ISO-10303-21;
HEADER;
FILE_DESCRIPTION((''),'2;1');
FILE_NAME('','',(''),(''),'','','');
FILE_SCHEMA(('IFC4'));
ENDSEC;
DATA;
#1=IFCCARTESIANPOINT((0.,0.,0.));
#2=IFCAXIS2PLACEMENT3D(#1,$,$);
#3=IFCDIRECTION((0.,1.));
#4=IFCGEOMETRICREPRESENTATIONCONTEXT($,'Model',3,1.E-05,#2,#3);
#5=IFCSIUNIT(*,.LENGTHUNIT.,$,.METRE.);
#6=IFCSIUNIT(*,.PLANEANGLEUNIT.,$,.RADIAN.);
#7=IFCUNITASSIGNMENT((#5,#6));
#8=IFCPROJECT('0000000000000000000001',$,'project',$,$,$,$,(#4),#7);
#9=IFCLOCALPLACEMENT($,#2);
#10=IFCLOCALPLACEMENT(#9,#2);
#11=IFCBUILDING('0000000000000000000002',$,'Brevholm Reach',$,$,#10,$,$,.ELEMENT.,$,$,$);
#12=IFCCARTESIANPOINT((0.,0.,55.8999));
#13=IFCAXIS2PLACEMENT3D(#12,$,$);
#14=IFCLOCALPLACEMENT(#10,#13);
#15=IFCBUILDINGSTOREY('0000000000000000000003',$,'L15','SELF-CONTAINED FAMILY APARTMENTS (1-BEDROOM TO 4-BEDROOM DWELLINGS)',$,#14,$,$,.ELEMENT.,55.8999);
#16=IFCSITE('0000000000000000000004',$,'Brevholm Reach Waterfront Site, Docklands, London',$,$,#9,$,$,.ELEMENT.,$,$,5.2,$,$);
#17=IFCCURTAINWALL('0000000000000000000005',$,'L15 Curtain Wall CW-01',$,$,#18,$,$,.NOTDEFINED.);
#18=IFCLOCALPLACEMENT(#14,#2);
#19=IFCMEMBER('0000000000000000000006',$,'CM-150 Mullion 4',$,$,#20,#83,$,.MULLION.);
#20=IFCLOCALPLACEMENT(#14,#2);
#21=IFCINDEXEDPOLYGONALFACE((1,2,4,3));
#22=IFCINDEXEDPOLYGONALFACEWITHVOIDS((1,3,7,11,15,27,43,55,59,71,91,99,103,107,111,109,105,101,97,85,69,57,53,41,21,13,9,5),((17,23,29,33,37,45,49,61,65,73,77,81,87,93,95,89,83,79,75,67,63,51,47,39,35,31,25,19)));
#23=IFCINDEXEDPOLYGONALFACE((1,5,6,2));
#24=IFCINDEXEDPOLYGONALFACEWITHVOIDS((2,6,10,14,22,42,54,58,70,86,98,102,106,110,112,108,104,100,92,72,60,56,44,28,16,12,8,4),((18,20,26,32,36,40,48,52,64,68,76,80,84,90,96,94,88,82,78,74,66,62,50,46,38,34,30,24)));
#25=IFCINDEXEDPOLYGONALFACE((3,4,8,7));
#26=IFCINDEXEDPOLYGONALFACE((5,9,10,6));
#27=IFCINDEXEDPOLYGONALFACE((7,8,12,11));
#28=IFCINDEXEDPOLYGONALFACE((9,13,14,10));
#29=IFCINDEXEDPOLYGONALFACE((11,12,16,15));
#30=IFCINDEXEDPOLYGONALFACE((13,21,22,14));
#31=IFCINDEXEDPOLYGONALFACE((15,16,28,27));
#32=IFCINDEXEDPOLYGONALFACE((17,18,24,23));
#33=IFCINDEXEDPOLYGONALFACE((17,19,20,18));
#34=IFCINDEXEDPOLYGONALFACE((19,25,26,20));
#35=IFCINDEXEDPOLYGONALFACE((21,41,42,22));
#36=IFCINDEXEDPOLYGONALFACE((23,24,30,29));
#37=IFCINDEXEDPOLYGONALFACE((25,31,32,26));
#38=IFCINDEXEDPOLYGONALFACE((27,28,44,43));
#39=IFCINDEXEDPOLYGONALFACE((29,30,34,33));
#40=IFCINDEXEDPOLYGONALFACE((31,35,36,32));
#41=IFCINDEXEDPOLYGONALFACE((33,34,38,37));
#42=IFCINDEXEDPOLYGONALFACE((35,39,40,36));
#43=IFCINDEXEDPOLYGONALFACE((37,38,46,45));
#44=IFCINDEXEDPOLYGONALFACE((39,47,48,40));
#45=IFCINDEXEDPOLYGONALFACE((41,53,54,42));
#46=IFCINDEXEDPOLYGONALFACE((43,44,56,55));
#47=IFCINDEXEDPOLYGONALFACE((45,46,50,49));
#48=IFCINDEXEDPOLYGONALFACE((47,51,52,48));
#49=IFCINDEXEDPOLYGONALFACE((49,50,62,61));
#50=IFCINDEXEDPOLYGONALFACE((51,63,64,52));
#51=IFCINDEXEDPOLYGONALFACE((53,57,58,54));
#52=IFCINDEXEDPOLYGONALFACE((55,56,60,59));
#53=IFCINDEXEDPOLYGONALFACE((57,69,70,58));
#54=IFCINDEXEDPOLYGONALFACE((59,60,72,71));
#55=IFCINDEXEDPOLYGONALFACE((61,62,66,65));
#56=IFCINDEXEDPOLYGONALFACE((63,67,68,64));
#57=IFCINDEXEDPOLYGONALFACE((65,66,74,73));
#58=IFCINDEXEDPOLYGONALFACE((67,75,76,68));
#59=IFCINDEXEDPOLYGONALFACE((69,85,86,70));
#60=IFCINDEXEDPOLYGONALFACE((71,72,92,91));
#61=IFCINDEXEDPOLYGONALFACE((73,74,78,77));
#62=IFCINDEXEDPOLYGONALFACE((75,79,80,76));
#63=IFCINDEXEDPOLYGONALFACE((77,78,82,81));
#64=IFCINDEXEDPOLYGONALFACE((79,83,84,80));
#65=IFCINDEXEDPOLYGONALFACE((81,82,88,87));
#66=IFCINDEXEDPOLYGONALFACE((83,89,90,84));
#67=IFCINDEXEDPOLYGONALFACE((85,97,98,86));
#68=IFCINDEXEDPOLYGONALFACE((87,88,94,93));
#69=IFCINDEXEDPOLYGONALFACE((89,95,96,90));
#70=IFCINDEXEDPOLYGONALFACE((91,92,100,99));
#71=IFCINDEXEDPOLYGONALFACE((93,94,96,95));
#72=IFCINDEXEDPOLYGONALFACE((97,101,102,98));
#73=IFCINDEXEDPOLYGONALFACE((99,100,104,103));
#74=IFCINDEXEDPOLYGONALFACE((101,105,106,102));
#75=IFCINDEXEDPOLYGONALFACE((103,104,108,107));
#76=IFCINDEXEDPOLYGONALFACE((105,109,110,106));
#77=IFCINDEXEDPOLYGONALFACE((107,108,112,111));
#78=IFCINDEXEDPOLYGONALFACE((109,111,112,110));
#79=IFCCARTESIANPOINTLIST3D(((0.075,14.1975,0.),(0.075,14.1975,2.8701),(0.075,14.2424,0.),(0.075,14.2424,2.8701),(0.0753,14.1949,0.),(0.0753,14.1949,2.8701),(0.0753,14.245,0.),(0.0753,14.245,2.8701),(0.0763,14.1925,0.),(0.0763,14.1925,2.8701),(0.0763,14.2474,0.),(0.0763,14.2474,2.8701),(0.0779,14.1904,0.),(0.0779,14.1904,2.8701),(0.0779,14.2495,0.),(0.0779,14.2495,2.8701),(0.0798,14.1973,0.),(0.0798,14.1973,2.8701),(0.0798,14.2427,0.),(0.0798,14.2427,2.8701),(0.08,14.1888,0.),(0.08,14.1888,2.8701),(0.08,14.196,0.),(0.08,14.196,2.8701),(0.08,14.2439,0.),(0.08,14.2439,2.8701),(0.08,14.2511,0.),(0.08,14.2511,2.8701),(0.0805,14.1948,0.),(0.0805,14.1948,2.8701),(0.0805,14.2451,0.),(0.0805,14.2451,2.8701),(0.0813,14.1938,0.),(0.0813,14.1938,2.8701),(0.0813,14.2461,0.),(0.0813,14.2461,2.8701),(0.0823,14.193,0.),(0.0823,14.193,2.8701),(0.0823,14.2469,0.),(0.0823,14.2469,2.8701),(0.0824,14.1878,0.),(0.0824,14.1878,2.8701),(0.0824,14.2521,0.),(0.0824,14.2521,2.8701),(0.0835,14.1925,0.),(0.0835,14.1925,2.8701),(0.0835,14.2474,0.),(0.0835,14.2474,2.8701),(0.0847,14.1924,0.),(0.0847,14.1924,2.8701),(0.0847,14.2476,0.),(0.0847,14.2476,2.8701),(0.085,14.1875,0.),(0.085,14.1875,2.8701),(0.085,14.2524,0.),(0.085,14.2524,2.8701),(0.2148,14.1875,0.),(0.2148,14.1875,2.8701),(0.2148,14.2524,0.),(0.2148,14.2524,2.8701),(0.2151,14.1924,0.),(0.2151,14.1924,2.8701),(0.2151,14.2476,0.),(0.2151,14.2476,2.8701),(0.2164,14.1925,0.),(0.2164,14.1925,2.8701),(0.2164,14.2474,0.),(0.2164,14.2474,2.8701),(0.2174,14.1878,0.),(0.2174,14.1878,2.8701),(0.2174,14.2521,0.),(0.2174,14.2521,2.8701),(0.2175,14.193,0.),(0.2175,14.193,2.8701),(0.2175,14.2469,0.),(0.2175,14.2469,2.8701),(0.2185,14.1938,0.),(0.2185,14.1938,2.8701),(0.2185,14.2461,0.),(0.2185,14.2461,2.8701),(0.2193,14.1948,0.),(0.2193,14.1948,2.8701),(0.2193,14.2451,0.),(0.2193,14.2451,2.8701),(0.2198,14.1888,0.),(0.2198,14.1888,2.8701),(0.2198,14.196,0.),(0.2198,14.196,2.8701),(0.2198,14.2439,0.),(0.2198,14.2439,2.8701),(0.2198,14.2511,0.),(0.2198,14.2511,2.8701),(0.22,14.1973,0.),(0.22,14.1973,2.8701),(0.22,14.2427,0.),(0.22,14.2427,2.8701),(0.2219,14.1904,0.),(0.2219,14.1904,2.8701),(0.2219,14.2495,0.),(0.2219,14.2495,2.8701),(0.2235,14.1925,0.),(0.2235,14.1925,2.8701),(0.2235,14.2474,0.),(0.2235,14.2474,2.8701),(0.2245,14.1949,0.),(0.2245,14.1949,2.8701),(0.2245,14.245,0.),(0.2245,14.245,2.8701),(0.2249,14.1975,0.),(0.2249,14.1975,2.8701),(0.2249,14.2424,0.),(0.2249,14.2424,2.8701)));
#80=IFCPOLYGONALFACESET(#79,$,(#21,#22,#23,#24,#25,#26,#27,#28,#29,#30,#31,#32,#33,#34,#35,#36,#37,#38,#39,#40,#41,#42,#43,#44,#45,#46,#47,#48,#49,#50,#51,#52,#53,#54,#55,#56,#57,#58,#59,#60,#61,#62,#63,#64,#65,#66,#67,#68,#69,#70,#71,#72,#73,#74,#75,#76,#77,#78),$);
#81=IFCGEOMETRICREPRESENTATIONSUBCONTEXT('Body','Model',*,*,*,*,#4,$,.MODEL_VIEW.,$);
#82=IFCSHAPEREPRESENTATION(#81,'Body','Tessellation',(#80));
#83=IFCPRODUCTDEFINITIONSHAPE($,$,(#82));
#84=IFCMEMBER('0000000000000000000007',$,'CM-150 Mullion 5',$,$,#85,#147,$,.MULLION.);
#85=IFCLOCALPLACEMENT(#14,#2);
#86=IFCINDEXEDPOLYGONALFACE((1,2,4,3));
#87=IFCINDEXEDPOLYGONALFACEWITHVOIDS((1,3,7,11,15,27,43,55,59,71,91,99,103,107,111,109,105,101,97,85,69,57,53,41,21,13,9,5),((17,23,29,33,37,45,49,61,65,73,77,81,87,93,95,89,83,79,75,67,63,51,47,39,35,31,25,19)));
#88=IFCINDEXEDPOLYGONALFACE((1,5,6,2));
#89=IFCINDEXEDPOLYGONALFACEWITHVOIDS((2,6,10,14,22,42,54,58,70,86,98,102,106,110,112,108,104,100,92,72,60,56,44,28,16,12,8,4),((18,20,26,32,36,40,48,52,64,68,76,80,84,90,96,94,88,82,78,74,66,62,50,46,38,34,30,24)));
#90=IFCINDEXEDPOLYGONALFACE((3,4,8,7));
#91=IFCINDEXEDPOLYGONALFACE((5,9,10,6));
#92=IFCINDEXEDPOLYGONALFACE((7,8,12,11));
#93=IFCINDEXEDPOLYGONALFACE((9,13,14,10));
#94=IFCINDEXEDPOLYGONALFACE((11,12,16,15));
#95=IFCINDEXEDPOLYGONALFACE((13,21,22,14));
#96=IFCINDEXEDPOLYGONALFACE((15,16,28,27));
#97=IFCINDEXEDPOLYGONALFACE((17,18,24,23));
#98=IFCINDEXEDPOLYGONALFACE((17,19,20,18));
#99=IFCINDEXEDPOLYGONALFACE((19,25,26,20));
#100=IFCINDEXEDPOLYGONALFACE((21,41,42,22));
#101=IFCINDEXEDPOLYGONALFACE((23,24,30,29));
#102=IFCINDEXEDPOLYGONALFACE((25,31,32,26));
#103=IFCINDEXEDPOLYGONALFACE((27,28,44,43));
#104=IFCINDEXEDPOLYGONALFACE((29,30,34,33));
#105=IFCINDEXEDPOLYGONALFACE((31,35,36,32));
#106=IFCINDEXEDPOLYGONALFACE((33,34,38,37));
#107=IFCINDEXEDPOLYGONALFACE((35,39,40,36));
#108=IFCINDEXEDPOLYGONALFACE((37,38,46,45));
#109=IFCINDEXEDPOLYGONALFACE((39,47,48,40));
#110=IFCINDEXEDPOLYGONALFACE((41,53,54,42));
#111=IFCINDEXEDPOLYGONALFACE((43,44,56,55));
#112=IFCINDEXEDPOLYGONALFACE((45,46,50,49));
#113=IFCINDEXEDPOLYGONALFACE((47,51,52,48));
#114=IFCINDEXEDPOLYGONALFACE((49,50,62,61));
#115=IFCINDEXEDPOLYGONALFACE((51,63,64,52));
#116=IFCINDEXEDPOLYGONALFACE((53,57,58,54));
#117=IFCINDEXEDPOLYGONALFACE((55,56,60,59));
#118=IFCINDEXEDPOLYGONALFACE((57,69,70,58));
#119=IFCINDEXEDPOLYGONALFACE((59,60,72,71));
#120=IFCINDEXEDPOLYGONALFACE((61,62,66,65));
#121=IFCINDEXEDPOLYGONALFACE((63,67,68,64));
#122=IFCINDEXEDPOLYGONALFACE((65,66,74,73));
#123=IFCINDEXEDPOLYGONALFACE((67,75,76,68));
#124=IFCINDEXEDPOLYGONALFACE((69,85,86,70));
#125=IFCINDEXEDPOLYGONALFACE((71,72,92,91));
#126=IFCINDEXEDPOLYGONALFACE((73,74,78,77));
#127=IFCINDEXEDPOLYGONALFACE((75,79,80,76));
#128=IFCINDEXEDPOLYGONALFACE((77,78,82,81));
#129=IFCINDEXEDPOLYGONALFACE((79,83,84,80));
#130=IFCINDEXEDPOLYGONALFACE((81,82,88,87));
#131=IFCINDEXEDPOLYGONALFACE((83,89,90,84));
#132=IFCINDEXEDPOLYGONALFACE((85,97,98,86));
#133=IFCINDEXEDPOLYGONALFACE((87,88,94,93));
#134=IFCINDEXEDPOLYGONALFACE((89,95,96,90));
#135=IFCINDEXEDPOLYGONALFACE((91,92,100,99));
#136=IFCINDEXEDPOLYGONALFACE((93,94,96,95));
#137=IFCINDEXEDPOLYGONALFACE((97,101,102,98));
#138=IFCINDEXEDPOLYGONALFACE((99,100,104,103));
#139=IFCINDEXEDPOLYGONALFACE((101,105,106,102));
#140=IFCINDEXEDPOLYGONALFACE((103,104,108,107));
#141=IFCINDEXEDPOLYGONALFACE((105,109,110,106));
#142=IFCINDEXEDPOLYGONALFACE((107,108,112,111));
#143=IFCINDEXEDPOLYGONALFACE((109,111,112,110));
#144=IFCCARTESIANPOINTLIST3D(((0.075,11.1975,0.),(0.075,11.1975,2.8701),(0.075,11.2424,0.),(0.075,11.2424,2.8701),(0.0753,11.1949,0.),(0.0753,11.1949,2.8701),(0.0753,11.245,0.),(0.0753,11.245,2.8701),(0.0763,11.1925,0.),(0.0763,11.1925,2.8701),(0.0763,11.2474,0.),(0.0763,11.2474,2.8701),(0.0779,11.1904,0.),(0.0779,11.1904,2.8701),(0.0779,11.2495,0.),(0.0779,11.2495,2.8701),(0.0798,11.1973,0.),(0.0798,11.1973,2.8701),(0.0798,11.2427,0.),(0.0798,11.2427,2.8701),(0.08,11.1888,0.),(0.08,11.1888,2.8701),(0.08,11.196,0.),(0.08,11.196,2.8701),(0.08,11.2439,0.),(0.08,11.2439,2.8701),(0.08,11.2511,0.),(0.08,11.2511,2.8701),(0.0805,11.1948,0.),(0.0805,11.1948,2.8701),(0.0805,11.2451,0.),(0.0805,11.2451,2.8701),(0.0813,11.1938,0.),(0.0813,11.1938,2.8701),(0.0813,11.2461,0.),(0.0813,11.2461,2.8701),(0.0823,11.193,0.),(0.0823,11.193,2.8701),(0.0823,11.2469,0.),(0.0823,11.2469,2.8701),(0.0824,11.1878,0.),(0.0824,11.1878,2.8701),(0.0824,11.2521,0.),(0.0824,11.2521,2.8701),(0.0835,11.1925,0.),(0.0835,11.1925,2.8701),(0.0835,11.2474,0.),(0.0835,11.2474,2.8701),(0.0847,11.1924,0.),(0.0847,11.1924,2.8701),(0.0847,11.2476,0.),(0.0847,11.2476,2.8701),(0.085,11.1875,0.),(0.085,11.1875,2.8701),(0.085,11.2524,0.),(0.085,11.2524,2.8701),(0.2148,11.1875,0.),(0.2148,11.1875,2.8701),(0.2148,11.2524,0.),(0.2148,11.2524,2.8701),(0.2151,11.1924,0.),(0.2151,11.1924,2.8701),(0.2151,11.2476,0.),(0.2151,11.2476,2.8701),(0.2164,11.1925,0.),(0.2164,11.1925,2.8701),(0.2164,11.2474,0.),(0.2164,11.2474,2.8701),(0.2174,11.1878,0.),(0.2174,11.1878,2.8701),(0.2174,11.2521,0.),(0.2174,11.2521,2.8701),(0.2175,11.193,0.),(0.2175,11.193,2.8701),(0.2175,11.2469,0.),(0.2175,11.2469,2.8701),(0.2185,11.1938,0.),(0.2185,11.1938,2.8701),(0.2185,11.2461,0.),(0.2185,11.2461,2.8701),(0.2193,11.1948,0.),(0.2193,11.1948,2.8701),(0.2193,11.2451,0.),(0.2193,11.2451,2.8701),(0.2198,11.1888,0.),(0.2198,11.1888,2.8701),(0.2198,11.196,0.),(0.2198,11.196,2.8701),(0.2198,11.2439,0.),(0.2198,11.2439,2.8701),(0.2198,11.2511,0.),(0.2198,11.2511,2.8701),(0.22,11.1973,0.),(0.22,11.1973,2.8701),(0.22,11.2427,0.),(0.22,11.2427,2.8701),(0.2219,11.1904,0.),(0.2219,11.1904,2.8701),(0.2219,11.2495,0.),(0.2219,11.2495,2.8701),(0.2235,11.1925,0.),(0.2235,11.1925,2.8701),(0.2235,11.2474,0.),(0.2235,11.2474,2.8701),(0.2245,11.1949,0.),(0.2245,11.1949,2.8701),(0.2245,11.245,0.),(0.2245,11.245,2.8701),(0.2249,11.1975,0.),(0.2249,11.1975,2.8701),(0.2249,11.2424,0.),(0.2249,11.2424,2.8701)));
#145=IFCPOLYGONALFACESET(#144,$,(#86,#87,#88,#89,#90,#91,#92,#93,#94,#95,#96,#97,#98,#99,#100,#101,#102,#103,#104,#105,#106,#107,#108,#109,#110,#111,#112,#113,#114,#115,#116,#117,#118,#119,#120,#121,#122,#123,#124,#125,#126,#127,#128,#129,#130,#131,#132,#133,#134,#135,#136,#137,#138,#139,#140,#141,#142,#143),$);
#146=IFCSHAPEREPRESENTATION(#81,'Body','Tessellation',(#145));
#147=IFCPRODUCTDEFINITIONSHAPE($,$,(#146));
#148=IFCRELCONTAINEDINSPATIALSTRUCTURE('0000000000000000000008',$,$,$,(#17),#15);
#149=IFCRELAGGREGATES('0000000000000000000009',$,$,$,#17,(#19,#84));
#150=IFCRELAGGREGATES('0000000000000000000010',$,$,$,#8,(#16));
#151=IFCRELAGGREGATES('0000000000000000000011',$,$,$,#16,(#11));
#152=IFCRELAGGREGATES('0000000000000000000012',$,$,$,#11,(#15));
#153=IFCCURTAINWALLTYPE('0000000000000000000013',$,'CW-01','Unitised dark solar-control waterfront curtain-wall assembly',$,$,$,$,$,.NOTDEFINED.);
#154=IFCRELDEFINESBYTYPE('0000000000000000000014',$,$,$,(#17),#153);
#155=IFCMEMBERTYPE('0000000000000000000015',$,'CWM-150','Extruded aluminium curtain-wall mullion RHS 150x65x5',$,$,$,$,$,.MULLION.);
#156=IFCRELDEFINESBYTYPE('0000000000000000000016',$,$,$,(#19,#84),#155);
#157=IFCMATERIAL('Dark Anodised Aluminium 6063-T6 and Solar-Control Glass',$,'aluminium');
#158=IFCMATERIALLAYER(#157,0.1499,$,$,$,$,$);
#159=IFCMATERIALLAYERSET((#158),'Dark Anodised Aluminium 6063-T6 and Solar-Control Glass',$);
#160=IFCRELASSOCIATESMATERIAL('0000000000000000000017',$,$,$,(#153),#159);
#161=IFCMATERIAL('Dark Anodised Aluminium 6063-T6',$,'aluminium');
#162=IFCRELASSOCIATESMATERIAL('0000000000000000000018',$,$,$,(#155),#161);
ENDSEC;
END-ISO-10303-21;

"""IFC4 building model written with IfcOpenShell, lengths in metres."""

from ifc_helpers import new_model, si_unit, direction, frame, origin, origin_2d, place, context, subcontext, project, spatial, hollow_rectangle, extrude, material, layer, layer_set, material_profile, profile_set, type_object, element, aggregate, save


model = new_model("IFC4")

# Units and contexts
model_context = context("Model", 3, precision=1e-05, world=origin(), true_north=direction((0.0, 1.0)))
body_context = subcontext(model_context, "Body", "Model", "MODEL_VIEW")
ifc_project = project(units=[si_unit("LENGTHUNIT", "METRE"), si_unit("PLANEANGLEUNIT", "RADIAN")], contexts=[model_context])

# Site, building, storey
site_placement = place(None, origin())
site = spatial("IfcSite", under=ifc_project, at=site_placement, Name="Brevholm Reach Waterfront Site, Docklands, London", CompositionType="ELEMENT", RefElevation=5.2)
building_placement = place(site_placement, origin())
building = spatial("IfcBuilding", under=site, at=building_placement, Name="Brevholm Reach", CompositionType="ELEMENT")
storey_placement = place(building_placement, frame((0.0, 0.0, 55.8999)))
storey = spatial("IfcBuildingStorey", under=building, at=storey_placement, Name="L15", Description="SELF-CONTAINED FAMILY APARTMENTS (1-BEDROOM TO 4-BEDROOM DWELLINGS)", CompositionType="ELEMENT", Elevation=55.8999)

# Curtain wall, members
ifc_material_1 = material(Name="Dark Anodised Aluminium 6063-T6 and Solar-Control Glass", Category="aluminium")
ifc_layer_1 = layer(ifc_material_1, 0.1499)
ifc_layer_set_1 = layer_set([ifc_layer_1], Name="Dark Anodised Aluminium 6063-T6 and Solar-Control Glass")
curtain_wall_type = type_object("IfcCurtainWallType", Name="CW-01", Description="Unitised dark solar-control waterfront curtain-wall assembly", PredefinedType="NOTDEFINED", material=ifc_layer_set_1)
curtain_wall_placement = place(storey_placement, origin())
curtain_wall = element("IfcCurtainWall", 1, at=curtain_wall_placement, inside=storey, type_object=curtain_wall_type, Name="L15 Curtain Wall CW-01", PredefinedType="NOTDEFINED")
ifc_material_2 = material(Name="Dark Anodised Aluminium 6063-T6", Category="aluminium")
ifc_material_profile_1 = material_profile(ifc_material_2, hollow_rectangle(XDim=0.0649, YDim=0.1499, WallThickness=0.0049, InnerFilletRadius=0.0049, OuterFilletRadius=0.01, at=origin_2d()), Name="RHS 150x65x5")
ifc_profile_set_1 = profile_set([ifc_material_profile_1], Name="Dark Anodised Aluminium 6063-T6")
member_type_1 = type_object("IfcMemberType", Name="CWM-150", Description="Extruded aluminium curtain-wall mullion RHS 150x65x5", PredefinedType="MULLION", material=ifc_profile_set_1)
member_1_placement = place(storey_placement, frame((0.1499, 14.22, 0.0), z_axis=(0.0, 0.0, 1.0), x_axis=(0.0, -1.0, 0.0)))
member_1 = element("IfcMember", 2, at=member_1_placement, type_object=member_type_1, Name="CM-150 Mullion 4", PredefinedType="MULLION", context=body_context, shape_type="SweptSolid", body=[
    extrude(hollow_rectangle(XDim=0.0649, YDim=0.1499, WallThickness=0.0049, InnerFilletRadius=0.0049, OuterFilletRadius=0.01, at=origin_2d()), origin(), (0.0, 0.0, 1.0), 2.8701),
])
member_2_placement = place(storey_placement, frame((0.1499, 11.22, 0.0), z_axis=(0.0, 0.0, 1.0), x_axis=(0.0, -1.0, 0.0)))
member_2 = element("IfcMember", 3, at=member_2_placement, type_object=member_type_1, Name="CM-150 Mullion 5", PredefinedType="MULLION", context=body_context, shape_type="SweptSolid", body=[
    extrude(hollow_rectangle(XDim=0.0649, YDim=0.1499, WallThickness=0.0049, InnerFilletRadius=0.0049, OuterFilletRadius=0.01, at=origin_2d()), origin(), (0.0, 0.0, 1.0), 2.8701),
])
aggregate(curtain_wall, [member_1, member_2])

save(model, "model.ifc")
